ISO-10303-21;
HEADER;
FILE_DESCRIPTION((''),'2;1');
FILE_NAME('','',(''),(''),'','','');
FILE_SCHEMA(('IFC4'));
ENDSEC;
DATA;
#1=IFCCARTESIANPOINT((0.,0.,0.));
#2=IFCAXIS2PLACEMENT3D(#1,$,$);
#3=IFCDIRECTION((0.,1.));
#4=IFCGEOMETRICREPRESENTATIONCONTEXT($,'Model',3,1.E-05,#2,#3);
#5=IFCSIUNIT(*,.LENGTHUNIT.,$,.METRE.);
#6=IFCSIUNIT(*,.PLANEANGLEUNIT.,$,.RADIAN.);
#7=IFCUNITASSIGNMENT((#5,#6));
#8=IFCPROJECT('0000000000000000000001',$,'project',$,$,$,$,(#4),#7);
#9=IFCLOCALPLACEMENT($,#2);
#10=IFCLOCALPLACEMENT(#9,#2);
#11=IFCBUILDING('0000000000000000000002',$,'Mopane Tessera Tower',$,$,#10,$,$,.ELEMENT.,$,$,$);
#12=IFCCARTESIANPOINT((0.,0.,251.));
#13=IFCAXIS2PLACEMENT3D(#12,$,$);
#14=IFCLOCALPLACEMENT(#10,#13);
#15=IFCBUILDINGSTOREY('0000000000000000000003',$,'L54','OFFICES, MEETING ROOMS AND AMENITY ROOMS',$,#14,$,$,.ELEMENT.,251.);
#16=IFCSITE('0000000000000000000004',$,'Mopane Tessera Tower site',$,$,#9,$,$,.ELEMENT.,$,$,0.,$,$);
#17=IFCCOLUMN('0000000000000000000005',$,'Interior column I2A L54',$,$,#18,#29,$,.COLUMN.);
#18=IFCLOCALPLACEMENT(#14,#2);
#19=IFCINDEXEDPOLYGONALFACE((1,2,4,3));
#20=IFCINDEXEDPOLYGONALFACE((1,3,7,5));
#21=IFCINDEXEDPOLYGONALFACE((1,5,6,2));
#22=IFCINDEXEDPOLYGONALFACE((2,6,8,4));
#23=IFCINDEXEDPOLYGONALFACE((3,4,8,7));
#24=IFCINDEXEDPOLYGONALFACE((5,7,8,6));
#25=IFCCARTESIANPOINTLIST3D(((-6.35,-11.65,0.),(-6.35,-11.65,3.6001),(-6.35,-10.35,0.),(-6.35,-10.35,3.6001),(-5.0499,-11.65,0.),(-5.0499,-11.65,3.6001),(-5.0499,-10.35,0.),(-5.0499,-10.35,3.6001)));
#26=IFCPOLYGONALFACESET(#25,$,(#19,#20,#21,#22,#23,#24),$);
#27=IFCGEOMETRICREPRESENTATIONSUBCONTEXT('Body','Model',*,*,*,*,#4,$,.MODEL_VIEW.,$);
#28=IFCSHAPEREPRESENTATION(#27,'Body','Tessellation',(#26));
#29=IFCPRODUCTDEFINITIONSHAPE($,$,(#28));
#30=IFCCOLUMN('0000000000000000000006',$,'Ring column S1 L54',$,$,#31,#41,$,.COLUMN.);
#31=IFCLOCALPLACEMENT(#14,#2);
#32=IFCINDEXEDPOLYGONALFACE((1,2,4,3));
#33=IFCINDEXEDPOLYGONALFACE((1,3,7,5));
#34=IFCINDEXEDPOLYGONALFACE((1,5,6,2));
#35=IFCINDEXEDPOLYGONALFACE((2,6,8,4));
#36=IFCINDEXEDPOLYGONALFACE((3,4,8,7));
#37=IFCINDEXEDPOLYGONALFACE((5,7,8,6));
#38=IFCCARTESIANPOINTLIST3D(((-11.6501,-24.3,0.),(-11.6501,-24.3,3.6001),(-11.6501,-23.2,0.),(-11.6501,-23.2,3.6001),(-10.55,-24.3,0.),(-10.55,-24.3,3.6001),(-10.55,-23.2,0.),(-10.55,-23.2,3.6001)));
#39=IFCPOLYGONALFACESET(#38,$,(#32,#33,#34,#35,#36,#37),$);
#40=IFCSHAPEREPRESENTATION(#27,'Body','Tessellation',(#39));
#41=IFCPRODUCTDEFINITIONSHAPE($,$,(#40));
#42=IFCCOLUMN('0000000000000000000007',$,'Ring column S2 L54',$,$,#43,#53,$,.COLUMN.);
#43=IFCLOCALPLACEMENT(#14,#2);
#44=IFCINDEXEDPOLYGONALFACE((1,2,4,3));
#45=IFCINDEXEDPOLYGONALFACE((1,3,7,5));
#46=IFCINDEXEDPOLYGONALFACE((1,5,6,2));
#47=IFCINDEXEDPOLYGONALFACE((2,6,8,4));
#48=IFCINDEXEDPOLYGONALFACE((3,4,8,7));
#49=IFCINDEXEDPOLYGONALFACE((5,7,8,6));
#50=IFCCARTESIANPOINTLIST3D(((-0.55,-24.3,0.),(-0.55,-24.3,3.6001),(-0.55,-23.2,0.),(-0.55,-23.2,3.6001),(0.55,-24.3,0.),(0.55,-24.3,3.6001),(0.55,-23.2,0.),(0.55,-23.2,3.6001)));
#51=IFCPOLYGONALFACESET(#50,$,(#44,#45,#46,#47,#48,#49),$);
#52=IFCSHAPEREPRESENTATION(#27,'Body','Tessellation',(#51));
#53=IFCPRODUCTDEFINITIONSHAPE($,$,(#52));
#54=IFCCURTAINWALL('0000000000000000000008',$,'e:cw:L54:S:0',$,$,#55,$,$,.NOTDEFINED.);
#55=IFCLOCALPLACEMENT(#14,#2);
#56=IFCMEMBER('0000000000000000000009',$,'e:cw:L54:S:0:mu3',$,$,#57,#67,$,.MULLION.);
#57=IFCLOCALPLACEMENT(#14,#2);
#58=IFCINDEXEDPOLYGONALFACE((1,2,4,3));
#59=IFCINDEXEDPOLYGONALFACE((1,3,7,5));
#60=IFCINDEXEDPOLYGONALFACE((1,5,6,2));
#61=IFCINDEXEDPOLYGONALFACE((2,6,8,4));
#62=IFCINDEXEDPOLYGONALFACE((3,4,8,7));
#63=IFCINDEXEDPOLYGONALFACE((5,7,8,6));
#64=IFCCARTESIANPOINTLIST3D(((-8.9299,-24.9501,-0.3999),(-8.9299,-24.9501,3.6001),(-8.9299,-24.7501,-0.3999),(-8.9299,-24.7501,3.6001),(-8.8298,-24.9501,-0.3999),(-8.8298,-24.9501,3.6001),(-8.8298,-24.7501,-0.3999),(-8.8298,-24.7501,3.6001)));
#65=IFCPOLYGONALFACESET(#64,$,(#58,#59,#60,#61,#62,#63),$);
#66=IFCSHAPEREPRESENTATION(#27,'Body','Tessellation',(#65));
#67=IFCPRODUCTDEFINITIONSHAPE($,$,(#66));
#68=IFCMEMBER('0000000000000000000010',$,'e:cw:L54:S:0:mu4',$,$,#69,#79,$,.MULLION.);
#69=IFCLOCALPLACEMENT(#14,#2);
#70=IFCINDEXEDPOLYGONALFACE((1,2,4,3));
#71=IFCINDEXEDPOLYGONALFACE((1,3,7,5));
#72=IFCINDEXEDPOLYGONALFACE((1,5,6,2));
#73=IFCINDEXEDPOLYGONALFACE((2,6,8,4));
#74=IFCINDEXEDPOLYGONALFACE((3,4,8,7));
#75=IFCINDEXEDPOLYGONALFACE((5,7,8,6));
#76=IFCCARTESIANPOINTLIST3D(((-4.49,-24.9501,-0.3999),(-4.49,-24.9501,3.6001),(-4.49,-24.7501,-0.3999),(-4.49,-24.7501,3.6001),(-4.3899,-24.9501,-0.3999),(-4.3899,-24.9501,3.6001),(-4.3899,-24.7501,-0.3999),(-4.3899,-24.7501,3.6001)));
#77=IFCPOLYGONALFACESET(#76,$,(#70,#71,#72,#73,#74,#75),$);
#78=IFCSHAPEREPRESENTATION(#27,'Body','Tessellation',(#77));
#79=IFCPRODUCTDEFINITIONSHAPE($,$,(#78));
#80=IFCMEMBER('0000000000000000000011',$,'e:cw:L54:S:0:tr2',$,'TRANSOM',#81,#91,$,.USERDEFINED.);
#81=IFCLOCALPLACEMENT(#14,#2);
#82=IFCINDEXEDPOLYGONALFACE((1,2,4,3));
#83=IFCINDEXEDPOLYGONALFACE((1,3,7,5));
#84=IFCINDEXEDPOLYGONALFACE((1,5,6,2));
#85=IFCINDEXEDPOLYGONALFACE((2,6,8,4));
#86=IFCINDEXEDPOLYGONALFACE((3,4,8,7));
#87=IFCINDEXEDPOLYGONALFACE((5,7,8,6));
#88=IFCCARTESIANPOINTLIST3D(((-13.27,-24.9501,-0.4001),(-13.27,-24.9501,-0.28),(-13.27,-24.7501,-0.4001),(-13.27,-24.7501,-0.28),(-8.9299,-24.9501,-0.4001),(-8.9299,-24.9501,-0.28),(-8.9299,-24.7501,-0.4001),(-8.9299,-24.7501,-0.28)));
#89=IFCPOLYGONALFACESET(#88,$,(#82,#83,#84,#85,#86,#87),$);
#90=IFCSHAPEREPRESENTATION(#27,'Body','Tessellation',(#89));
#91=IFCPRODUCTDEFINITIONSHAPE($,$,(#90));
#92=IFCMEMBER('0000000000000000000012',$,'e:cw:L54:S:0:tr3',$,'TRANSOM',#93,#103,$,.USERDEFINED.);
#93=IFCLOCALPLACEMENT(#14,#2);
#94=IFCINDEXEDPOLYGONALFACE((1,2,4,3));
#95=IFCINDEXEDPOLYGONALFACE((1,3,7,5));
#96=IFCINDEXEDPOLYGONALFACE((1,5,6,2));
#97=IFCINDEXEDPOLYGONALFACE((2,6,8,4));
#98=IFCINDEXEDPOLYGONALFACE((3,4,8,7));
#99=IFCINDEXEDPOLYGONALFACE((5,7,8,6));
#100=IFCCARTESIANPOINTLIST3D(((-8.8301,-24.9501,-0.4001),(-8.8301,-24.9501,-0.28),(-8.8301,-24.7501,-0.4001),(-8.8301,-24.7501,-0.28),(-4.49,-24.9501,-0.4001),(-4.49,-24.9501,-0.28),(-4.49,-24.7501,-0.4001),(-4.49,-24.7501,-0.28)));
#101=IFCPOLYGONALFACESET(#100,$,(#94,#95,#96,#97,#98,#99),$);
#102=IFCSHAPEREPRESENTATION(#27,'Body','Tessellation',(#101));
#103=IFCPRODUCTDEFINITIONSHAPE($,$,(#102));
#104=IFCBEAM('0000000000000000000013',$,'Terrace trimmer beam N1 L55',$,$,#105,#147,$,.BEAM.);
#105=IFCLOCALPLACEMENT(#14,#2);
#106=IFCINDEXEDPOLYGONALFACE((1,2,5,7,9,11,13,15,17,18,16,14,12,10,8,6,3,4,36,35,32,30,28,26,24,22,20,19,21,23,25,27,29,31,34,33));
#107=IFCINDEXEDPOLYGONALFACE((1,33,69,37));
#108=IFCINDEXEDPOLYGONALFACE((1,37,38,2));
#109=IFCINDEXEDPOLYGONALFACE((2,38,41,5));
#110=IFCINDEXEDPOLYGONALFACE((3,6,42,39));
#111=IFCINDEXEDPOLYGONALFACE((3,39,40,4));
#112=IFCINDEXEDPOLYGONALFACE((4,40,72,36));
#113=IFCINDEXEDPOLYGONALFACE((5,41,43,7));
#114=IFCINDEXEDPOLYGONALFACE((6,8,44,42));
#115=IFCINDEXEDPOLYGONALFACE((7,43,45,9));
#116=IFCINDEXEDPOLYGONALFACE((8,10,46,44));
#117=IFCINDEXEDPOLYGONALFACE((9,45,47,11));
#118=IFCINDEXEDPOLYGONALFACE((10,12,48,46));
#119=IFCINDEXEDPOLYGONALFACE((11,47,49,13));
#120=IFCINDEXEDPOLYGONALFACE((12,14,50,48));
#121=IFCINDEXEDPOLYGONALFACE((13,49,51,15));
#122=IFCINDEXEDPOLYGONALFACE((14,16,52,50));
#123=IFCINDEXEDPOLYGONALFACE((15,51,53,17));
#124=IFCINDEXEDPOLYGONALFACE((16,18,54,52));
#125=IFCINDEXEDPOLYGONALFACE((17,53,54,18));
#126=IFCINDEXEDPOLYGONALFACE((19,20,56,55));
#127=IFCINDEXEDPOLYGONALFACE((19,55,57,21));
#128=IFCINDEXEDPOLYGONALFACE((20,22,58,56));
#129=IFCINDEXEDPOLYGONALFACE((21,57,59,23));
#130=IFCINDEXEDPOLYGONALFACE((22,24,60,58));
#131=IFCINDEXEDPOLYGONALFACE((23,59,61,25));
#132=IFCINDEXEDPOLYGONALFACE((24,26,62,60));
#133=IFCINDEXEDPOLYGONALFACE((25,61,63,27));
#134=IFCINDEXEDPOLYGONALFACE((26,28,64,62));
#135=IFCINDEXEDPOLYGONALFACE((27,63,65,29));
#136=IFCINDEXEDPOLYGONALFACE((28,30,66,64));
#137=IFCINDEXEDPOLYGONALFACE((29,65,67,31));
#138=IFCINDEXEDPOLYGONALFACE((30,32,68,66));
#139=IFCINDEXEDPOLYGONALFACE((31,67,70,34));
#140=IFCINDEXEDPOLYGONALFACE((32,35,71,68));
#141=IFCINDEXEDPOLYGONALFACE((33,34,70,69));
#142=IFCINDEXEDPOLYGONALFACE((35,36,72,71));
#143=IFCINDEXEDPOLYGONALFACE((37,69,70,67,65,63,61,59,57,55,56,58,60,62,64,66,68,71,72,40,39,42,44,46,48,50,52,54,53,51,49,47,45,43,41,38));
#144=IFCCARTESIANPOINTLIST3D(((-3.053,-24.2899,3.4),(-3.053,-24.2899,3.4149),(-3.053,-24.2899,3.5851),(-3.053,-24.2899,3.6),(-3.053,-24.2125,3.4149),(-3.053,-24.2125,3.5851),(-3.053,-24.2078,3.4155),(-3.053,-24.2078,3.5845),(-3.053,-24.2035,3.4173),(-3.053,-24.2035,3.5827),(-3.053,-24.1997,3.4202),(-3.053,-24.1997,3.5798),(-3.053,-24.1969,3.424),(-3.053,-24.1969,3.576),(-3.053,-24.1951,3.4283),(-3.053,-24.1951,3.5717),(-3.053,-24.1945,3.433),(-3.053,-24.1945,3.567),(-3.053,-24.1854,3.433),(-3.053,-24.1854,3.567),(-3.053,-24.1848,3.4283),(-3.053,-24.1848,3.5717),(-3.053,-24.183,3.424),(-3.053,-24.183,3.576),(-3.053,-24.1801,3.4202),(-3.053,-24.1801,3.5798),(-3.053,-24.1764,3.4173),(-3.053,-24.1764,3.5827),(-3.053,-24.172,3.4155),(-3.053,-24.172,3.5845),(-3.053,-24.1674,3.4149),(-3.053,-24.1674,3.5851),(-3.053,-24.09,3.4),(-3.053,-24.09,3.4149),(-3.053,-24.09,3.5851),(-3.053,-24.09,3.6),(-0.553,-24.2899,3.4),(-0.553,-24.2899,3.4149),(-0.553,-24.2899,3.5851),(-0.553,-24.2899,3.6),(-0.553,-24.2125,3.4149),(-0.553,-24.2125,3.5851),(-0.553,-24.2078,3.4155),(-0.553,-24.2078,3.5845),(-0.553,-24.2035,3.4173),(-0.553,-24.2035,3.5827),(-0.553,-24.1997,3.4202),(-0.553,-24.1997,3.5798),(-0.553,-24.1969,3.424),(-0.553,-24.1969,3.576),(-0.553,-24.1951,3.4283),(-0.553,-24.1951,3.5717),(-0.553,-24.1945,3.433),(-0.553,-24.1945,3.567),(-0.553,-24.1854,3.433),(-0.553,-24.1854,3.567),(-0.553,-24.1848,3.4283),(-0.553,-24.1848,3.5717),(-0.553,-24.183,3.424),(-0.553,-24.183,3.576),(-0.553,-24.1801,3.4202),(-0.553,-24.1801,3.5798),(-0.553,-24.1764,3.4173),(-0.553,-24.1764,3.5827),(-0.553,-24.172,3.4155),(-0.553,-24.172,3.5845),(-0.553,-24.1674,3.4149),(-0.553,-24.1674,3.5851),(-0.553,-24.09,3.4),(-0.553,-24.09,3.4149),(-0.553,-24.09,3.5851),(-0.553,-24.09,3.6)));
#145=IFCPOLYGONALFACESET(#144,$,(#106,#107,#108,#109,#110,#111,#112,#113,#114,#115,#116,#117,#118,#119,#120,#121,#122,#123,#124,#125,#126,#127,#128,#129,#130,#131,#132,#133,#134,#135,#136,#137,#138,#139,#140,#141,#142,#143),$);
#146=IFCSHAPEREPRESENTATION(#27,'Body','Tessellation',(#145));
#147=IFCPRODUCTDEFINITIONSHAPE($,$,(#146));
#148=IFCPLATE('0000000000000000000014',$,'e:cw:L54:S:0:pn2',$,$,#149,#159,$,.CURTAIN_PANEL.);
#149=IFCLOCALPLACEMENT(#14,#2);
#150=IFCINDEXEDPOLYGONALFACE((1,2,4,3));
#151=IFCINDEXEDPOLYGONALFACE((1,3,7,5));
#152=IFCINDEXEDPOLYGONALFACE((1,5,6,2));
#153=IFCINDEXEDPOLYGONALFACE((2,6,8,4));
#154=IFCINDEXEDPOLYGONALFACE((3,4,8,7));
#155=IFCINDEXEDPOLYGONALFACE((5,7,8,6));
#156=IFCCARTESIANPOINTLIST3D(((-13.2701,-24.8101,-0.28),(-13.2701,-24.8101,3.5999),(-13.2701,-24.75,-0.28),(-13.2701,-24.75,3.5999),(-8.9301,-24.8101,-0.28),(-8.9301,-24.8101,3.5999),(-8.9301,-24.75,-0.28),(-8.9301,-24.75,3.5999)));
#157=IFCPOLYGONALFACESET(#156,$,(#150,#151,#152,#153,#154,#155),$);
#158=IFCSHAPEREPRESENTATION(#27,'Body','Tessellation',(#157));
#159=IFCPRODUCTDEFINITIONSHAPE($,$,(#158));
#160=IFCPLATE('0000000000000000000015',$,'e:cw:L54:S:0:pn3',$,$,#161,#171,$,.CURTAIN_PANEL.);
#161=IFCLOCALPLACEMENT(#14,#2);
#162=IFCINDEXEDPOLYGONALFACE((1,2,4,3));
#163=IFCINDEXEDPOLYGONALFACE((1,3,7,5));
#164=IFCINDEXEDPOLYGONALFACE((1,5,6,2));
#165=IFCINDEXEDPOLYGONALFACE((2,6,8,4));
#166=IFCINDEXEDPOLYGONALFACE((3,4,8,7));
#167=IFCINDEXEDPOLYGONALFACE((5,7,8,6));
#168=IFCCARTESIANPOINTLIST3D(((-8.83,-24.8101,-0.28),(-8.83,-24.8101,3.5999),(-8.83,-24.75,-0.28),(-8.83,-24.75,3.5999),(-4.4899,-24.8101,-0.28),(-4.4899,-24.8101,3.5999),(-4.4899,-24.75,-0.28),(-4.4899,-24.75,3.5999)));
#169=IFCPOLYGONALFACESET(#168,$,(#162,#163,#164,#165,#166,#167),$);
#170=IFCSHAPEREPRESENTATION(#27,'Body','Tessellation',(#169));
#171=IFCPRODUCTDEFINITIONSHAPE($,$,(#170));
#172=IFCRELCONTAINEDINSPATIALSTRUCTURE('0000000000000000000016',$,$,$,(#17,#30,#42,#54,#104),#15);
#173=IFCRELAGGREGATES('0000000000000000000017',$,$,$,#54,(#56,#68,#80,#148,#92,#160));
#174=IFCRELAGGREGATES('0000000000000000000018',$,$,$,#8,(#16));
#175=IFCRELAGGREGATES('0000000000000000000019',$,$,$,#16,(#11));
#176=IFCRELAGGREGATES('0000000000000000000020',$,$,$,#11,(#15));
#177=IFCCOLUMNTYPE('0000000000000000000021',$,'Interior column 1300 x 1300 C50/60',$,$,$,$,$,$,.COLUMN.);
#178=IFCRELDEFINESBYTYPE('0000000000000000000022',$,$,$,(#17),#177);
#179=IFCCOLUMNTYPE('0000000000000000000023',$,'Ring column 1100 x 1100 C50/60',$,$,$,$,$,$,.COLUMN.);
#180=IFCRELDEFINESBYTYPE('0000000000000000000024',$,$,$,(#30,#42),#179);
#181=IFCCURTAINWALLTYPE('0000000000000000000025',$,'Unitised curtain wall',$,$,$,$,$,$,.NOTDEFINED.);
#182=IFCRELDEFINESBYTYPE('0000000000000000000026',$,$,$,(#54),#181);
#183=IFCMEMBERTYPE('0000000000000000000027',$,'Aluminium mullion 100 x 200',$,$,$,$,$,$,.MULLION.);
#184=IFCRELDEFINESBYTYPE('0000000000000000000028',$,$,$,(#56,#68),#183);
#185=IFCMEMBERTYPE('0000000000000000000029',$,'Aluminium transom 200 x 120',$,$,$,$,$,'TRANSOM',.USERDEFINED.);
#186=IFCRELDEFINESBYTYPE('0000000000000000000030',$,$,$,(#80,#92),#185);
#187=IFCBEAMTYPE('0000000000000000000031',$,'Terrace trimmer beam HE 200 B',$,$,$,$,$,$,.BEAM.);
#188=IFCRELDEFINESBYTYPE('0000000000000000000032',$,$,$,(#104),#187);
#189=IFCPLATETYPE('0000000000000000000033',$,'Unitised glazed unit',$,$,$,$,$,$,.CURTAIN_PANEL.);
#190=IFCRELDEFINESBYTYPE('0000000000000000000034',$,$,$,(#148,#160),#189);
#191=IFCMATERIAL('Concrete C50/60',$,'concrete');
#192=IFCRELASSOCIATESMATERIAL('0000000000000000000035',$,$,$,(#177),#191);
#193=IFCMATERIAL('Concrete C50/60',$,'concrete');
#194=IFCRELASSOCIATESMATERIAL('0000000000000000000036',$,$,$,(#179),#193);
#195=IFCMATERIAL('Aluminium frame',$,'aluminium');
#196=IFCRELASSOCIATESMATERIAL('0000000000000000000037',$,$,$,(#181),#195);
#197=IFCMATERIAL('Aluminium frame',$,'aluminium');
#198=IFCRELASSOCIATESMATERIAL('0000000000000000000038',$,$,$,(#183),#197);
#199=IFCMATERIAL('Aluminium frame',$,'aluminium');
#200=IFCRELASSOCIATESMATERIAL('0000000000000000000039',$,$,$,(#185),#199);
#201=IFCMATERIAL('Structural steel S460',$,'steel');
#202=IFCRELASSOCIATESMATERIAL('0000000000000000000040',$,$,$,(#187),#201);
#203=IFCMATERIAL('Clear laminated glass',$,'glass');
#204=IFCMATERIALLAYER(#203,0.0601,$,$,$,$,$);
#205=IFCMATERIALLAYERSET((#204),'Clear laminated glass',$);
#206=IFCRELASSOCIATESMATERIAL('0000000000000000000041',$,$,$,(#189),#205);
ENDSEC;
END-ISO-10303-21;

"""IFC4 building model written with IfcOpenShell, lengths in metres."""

from ifc_helpers import new_model, si_unit, direction, frame, origin, origin_2d, place, context, subcontext, project, spatial, rectangle, i_section, extrude, material, layer, layer_set, material_profile, profile_set, type_object, element, aggregate, save


model = new_model("IFC4")

# Units and contexts
model_context = context("Model", 3, precision=1e-05, world=origin(), true_north=direction((0.0, 1.0)))
body_context = subcontext(model_context, "Body", "Model", "MODEL_VIEW")
ifc_project = project(units=[si_unit("LENGTHUNIT", "METRE"), si_unit("PLANEANGLEUNIT", "RADIAN")], contexts=[model_context])

# Site, building, storey
site_placement = place(None, origin())
site = spatial("IfcSite", under=ifc_project, at=site_placement, Name="Mopane Tessera Tower site", CompositionType="ELEMENT", RefElevation=0.0)
building_placement = place(site_placement, origin())
building = spatial("IfcBuilding", under=site, at=building_placement, Name="Mopane Tessera Tower", CompositionType="ELEMENT")
storey_placement = place(building_placement, frame((0.0, 0.0, 251.0)))
storey = spatial("IfcBuildingStorey", under=building, at=storey_placement, Name="L54", Description="OFFICES, MEETING ROOMS AND AMENITY ROOMS", CompositionType="ELEMENT", Elevation=251.0)

# Columns
ifc_material_1 = material(Name="Concrete C50/60", Category="concrete")
ifc_material_profile_1 = material_profile(ifc_material_1, rectangle(XDim=1.3, YDim=1.3, at=origin_2d()))
ifc_profile_set_1 = profile_set([ifc_material_profile_1], Name="Concrete C50/60")
column_type_1 = type_object("IfcColumnType", Name="Interior column 1300 x 1300 C50/60", PredefinedType="COLUMN", material=ifc_profile_set_1)
column_placement = place(storey_placement, frame((-5.7, -11.0, 0.0), z_axis=(0.0, 0.0, 1.0), x_axis=(1.0, 0.0, 0.0)))
element("IfcColumn", 1, at=column_placement, inside=storey, type_object=column_type_1, Name="Interior column I2A L54", PredefinedType="COLUMN", context=body_context, shape_type="SweptSolid", body=[
    extrude(rectangle(XDim=1.3, YDim=1.3, at=origin_2d()), origin(), (0.0, 0.0, 1.0), 3.6001),
])
ifc_material_2 = material(Name="Concrete C50/60", Category="concrete")
ifc_material_profile_2 = material_profile(ifc_material_2, rectangle(XDim=1.1001, YDim=1.1001, at=origin_2d()))
ifc_profile_set_2 = profile_set([ifc_material_profile_2], Name="Concrete C50/60")
column_type_2 = type_object("IfcColumnType", Name="Ring column 1100 x 1100 C50/60", PredefinedType="COLUMN", material=ifc_profile_set_2)
for number, where, z_axis, x_axis, name in (
    (2, (-11.1001, -23.75, 0.0), (0.0, 0.0, 1.0), (1.0, 0.0, 0.0), "Ring column S1 L54"),
    (3, (0.0, -23.75, 0.0), (0.0, 0.0, 1.0), (1.0, 0.0, 0.0), "Ring column S2 L54"),
):
    element("IfcColumn", number, at=place(storey_placement, frame(where, z_axis=z_axis, x_axis=x_axis)), inside=storey, type_object=column_type_2, Name=name, PredefinedType="COLUMN", context=body_context, shape_type="SweptSolid", body=[
        extrude(rectangle(XDim=1.1001, YDim=1.1001, at=origin_2d()), origin(), (0.0, 0.0, 1.0), 3.6001),
    ])

# Curtain wall, members
ifc_material_3 = material(Name="Aluminium frame", Category="aluminium")
curtain_wall_type = type_object("IfcCurtainWallType", Name="Unitised curtain wall", PredefinedType="NOTDEFINED", material=ifc_material_3)
curtain_wall_placement = place(storey_placement, origin())
curtain_wall = element("IfcCurtainWall", 4, at=curtain_wall_placement, inside=storey, type_object=curtain_wall_type, Name="e:cw:L54:S:0", PredefinedType="NOTDEFINED")
ifc_material_4 = material(Name="Aluminium frame", Category="aluminium")
ifc_material_profile_3 = material_profile(ifc_material_4, rectangle(XDim=0.1001, YDim=0.2, at=origin_2d()))
ifc_profile_set_3 = profile_set([ifc_material_profile_3], Name="Aluminium frame")
member_type_1 = type_object("IfcMemberType", Name="Aluminium mullion 100 x 200", PredefinedType="MULLION", material=ifc_profile_set_3)
member_1_placement = place(storey_placement, frame((-8.8799, -24.8501, -0.3999), z_axis=(0.0, 0.0, 1.0), x_axis=(1.0, 0.0, 0.0)))
member_1 = element("IfcMember", 5, at=member_1_placement, type_object=member_type_1, Name="e:cw:L54:S:0:mu3", PredefinedType="MULLION", context=body_context, shape_type="SweptSolid", body=[
    extrude(rectangle(XDim=0.1001, YDim=0.2, at=origin_2d()), origin(), (0.0, 0.0, 1.0), 4.0),
])
member_2_placement = place(storey_placement, frame((-4.4399, -24.8501, -0.3999), z_axis=(0.0, 0.0, 1.0), x_axis=(1.0, 0.0, 0.0)))
member_2 = element("IfcMember", 6, at=member_2_placement, type_object=member_type_1, Name="e:cw:L54:S:0:mu4", PredefinedType="MULLION", context=body_context, shape_type="SweptSolid", body=[
    extrude(rectangle(XDim=0.1001, YDim=0.2, at=origin_2d()), origin(), (0.0, 0.0, 1.0), 4.0),
])
ifc_material_5 = material(Name="Aluminium frame", Category="aluminium")
ifc_material_profile_4 = material_profile(ifc_material_5, rectangle(XDim=0.2, YDim=0.1201, at=origin_2d()))
ifc_profile_set_4 = profile_set([ifc_material_profile_4], Name="Aluminium frame")
member_type_2 = type_object("IfcMemberType", Name="Aluminium transom 200 x 120", ElementType="TRANSOM", PredefinedType="USERDEFINED", material=ifc_profile_set_4)
member_3_placement = place(storey_placement, frame((-13.27, -24.8501, -0.3401), z_axis=(1.0, 0.0, 0.0), x_axis=(0.0, 1.0, 0.0)))
member_3 = element("IfcMember", 7, at=member_3_placement, type_object=member_type_2, Name="e:cw:L54:S:0:tr2", ObjectType="TRANSOM", PredefinedType="USERDEFINED", context=body_context, shape_type="SweptSolid", body=[
    extrude(rectangle(XDim=0.2, YDim=0.1201, at=origin_2d()), origin(), (0.0, 0.0, 1.0), 4.3401),
])
member_4_placement = place(storey_placement, frame((-8.8301, -24.8501, -0.3401), z_axis=(1.0, 0.0, 0.0), x_axis=(0.0, 1.0, 0.0)))
member_4 = element("IfcMember", 8, at=member_4_placement, type_object=member_type_2, Name="e:cw:L54:S:0:tr3", ObjectType="TRANSOM", PredefinedType="USERDEFINED", context=body_context, shape_type="SweptSolid", body=[
    extrude(rectangle(XDim=0.2, YDim=0.1201, at=origin_2d()), origin(), (0.0, 0.0, 1.0), 4.3401),
])

# Beam
ifc_material_6 = material(Name="Structural steel S460", Category="steel")
ifc_material_profile_5 = material_profile(ifc_material_6, i_section(OverallWidth=0.2, OverallDepth=0.2, WebThickness=0.009, FlangeThickness=0.0149, FilletRadius=0.0181, at=origin_2d()))
ifc_profile_set_5 = profile_set([ifc_material_profile_5], Name="Structural steel S460")
beam_type = type_object("IfcBeamType", Name="Terrace trimmer beam HE 200 B", PredefinedType="BEAM", material=ifc_profile_set_5)
beam_placement = place(storey_placement, frame((-0.553, -24.1899, 3.5), z_axis=(-1.0, 0.0, 0.0), x_axis=(0.0, -1.0, 0.0)))
element("IfcBeam", 9, at=beam_placement, inside=storey, type_object=beam_type, Name="Terrace trimmer beam N1 L55", PredefinedType="BEAM", context=body_context, shape_type="SweptSolid", body=[
    extrude(i_section(OverallWidth=0.2, OverallDepth=0.2, WebThickness=0.009, FlangeThickness=0.0149, FilletRadius=0.0181, at=origin_2d()), origin(), (0.0, 0.0, 1.0), 2.5),
])

# Plates
ifc_material_7 = material(Name="Clear laminated glass", Category="glass")
ifc_layer_1 = layer(ifc_material_7, 0.0601)
ifc_layer_set_1 = layer_set([ifc_layer_1], Name="Clear laminated glass")
plate_type = type_object("IfcPlateType", Name="Unitised glazed unit", PredefinedType="CURTAIN_PANEL", material=ifc_layer_set_1)
plate_1_placement = place(storey_placement, frame((-11.1001, -24.78, -0.28), z_axis=(0.0, 0.0, 1.0), x_axis=(1.0, 0.0, 0.0)))
plate_1 = element("IfcPlate", 10, at=plate_1_placement, type_object=plate_type, Name="e:cw:L54:S:0:pn2", PredefinedType="CURTAIN_PANEL", context=body_context, shape_type="SweptSolid", body=[
    extrude(rectangle(XDim=4.3401, YDim=0.0601, at=origin_2d()), origin(), (0.0, 0.0, 1.0), 3.8799),
])
plate_2_placement = place(storey_placement, frame((-6.6599, -24.78, -0.28), z_axis=(0.0, 0.0, 1.0), x_axis=(1.0, 0.0, 0.0)))
plate_2 = element("IfcPlate", 11, at=plate_2_placement, type_object=plate_type, Name="e:cw:L54:S:0:pn3", PredefinedType="CURTAIN_PANEL", context=body_context, shape_type="SweptSolid", body=[
    extrude(rectangle(XDim=4.3401, YDim=0.0601, at=origin_2d()), origin(), (0.0, 0.0, 1.0), 3.8799),
])
aggregate(curtain_wall, [member_1, member_2, member_3, plate_1, member_4, plate_2])

save(model, "model.ifc")
